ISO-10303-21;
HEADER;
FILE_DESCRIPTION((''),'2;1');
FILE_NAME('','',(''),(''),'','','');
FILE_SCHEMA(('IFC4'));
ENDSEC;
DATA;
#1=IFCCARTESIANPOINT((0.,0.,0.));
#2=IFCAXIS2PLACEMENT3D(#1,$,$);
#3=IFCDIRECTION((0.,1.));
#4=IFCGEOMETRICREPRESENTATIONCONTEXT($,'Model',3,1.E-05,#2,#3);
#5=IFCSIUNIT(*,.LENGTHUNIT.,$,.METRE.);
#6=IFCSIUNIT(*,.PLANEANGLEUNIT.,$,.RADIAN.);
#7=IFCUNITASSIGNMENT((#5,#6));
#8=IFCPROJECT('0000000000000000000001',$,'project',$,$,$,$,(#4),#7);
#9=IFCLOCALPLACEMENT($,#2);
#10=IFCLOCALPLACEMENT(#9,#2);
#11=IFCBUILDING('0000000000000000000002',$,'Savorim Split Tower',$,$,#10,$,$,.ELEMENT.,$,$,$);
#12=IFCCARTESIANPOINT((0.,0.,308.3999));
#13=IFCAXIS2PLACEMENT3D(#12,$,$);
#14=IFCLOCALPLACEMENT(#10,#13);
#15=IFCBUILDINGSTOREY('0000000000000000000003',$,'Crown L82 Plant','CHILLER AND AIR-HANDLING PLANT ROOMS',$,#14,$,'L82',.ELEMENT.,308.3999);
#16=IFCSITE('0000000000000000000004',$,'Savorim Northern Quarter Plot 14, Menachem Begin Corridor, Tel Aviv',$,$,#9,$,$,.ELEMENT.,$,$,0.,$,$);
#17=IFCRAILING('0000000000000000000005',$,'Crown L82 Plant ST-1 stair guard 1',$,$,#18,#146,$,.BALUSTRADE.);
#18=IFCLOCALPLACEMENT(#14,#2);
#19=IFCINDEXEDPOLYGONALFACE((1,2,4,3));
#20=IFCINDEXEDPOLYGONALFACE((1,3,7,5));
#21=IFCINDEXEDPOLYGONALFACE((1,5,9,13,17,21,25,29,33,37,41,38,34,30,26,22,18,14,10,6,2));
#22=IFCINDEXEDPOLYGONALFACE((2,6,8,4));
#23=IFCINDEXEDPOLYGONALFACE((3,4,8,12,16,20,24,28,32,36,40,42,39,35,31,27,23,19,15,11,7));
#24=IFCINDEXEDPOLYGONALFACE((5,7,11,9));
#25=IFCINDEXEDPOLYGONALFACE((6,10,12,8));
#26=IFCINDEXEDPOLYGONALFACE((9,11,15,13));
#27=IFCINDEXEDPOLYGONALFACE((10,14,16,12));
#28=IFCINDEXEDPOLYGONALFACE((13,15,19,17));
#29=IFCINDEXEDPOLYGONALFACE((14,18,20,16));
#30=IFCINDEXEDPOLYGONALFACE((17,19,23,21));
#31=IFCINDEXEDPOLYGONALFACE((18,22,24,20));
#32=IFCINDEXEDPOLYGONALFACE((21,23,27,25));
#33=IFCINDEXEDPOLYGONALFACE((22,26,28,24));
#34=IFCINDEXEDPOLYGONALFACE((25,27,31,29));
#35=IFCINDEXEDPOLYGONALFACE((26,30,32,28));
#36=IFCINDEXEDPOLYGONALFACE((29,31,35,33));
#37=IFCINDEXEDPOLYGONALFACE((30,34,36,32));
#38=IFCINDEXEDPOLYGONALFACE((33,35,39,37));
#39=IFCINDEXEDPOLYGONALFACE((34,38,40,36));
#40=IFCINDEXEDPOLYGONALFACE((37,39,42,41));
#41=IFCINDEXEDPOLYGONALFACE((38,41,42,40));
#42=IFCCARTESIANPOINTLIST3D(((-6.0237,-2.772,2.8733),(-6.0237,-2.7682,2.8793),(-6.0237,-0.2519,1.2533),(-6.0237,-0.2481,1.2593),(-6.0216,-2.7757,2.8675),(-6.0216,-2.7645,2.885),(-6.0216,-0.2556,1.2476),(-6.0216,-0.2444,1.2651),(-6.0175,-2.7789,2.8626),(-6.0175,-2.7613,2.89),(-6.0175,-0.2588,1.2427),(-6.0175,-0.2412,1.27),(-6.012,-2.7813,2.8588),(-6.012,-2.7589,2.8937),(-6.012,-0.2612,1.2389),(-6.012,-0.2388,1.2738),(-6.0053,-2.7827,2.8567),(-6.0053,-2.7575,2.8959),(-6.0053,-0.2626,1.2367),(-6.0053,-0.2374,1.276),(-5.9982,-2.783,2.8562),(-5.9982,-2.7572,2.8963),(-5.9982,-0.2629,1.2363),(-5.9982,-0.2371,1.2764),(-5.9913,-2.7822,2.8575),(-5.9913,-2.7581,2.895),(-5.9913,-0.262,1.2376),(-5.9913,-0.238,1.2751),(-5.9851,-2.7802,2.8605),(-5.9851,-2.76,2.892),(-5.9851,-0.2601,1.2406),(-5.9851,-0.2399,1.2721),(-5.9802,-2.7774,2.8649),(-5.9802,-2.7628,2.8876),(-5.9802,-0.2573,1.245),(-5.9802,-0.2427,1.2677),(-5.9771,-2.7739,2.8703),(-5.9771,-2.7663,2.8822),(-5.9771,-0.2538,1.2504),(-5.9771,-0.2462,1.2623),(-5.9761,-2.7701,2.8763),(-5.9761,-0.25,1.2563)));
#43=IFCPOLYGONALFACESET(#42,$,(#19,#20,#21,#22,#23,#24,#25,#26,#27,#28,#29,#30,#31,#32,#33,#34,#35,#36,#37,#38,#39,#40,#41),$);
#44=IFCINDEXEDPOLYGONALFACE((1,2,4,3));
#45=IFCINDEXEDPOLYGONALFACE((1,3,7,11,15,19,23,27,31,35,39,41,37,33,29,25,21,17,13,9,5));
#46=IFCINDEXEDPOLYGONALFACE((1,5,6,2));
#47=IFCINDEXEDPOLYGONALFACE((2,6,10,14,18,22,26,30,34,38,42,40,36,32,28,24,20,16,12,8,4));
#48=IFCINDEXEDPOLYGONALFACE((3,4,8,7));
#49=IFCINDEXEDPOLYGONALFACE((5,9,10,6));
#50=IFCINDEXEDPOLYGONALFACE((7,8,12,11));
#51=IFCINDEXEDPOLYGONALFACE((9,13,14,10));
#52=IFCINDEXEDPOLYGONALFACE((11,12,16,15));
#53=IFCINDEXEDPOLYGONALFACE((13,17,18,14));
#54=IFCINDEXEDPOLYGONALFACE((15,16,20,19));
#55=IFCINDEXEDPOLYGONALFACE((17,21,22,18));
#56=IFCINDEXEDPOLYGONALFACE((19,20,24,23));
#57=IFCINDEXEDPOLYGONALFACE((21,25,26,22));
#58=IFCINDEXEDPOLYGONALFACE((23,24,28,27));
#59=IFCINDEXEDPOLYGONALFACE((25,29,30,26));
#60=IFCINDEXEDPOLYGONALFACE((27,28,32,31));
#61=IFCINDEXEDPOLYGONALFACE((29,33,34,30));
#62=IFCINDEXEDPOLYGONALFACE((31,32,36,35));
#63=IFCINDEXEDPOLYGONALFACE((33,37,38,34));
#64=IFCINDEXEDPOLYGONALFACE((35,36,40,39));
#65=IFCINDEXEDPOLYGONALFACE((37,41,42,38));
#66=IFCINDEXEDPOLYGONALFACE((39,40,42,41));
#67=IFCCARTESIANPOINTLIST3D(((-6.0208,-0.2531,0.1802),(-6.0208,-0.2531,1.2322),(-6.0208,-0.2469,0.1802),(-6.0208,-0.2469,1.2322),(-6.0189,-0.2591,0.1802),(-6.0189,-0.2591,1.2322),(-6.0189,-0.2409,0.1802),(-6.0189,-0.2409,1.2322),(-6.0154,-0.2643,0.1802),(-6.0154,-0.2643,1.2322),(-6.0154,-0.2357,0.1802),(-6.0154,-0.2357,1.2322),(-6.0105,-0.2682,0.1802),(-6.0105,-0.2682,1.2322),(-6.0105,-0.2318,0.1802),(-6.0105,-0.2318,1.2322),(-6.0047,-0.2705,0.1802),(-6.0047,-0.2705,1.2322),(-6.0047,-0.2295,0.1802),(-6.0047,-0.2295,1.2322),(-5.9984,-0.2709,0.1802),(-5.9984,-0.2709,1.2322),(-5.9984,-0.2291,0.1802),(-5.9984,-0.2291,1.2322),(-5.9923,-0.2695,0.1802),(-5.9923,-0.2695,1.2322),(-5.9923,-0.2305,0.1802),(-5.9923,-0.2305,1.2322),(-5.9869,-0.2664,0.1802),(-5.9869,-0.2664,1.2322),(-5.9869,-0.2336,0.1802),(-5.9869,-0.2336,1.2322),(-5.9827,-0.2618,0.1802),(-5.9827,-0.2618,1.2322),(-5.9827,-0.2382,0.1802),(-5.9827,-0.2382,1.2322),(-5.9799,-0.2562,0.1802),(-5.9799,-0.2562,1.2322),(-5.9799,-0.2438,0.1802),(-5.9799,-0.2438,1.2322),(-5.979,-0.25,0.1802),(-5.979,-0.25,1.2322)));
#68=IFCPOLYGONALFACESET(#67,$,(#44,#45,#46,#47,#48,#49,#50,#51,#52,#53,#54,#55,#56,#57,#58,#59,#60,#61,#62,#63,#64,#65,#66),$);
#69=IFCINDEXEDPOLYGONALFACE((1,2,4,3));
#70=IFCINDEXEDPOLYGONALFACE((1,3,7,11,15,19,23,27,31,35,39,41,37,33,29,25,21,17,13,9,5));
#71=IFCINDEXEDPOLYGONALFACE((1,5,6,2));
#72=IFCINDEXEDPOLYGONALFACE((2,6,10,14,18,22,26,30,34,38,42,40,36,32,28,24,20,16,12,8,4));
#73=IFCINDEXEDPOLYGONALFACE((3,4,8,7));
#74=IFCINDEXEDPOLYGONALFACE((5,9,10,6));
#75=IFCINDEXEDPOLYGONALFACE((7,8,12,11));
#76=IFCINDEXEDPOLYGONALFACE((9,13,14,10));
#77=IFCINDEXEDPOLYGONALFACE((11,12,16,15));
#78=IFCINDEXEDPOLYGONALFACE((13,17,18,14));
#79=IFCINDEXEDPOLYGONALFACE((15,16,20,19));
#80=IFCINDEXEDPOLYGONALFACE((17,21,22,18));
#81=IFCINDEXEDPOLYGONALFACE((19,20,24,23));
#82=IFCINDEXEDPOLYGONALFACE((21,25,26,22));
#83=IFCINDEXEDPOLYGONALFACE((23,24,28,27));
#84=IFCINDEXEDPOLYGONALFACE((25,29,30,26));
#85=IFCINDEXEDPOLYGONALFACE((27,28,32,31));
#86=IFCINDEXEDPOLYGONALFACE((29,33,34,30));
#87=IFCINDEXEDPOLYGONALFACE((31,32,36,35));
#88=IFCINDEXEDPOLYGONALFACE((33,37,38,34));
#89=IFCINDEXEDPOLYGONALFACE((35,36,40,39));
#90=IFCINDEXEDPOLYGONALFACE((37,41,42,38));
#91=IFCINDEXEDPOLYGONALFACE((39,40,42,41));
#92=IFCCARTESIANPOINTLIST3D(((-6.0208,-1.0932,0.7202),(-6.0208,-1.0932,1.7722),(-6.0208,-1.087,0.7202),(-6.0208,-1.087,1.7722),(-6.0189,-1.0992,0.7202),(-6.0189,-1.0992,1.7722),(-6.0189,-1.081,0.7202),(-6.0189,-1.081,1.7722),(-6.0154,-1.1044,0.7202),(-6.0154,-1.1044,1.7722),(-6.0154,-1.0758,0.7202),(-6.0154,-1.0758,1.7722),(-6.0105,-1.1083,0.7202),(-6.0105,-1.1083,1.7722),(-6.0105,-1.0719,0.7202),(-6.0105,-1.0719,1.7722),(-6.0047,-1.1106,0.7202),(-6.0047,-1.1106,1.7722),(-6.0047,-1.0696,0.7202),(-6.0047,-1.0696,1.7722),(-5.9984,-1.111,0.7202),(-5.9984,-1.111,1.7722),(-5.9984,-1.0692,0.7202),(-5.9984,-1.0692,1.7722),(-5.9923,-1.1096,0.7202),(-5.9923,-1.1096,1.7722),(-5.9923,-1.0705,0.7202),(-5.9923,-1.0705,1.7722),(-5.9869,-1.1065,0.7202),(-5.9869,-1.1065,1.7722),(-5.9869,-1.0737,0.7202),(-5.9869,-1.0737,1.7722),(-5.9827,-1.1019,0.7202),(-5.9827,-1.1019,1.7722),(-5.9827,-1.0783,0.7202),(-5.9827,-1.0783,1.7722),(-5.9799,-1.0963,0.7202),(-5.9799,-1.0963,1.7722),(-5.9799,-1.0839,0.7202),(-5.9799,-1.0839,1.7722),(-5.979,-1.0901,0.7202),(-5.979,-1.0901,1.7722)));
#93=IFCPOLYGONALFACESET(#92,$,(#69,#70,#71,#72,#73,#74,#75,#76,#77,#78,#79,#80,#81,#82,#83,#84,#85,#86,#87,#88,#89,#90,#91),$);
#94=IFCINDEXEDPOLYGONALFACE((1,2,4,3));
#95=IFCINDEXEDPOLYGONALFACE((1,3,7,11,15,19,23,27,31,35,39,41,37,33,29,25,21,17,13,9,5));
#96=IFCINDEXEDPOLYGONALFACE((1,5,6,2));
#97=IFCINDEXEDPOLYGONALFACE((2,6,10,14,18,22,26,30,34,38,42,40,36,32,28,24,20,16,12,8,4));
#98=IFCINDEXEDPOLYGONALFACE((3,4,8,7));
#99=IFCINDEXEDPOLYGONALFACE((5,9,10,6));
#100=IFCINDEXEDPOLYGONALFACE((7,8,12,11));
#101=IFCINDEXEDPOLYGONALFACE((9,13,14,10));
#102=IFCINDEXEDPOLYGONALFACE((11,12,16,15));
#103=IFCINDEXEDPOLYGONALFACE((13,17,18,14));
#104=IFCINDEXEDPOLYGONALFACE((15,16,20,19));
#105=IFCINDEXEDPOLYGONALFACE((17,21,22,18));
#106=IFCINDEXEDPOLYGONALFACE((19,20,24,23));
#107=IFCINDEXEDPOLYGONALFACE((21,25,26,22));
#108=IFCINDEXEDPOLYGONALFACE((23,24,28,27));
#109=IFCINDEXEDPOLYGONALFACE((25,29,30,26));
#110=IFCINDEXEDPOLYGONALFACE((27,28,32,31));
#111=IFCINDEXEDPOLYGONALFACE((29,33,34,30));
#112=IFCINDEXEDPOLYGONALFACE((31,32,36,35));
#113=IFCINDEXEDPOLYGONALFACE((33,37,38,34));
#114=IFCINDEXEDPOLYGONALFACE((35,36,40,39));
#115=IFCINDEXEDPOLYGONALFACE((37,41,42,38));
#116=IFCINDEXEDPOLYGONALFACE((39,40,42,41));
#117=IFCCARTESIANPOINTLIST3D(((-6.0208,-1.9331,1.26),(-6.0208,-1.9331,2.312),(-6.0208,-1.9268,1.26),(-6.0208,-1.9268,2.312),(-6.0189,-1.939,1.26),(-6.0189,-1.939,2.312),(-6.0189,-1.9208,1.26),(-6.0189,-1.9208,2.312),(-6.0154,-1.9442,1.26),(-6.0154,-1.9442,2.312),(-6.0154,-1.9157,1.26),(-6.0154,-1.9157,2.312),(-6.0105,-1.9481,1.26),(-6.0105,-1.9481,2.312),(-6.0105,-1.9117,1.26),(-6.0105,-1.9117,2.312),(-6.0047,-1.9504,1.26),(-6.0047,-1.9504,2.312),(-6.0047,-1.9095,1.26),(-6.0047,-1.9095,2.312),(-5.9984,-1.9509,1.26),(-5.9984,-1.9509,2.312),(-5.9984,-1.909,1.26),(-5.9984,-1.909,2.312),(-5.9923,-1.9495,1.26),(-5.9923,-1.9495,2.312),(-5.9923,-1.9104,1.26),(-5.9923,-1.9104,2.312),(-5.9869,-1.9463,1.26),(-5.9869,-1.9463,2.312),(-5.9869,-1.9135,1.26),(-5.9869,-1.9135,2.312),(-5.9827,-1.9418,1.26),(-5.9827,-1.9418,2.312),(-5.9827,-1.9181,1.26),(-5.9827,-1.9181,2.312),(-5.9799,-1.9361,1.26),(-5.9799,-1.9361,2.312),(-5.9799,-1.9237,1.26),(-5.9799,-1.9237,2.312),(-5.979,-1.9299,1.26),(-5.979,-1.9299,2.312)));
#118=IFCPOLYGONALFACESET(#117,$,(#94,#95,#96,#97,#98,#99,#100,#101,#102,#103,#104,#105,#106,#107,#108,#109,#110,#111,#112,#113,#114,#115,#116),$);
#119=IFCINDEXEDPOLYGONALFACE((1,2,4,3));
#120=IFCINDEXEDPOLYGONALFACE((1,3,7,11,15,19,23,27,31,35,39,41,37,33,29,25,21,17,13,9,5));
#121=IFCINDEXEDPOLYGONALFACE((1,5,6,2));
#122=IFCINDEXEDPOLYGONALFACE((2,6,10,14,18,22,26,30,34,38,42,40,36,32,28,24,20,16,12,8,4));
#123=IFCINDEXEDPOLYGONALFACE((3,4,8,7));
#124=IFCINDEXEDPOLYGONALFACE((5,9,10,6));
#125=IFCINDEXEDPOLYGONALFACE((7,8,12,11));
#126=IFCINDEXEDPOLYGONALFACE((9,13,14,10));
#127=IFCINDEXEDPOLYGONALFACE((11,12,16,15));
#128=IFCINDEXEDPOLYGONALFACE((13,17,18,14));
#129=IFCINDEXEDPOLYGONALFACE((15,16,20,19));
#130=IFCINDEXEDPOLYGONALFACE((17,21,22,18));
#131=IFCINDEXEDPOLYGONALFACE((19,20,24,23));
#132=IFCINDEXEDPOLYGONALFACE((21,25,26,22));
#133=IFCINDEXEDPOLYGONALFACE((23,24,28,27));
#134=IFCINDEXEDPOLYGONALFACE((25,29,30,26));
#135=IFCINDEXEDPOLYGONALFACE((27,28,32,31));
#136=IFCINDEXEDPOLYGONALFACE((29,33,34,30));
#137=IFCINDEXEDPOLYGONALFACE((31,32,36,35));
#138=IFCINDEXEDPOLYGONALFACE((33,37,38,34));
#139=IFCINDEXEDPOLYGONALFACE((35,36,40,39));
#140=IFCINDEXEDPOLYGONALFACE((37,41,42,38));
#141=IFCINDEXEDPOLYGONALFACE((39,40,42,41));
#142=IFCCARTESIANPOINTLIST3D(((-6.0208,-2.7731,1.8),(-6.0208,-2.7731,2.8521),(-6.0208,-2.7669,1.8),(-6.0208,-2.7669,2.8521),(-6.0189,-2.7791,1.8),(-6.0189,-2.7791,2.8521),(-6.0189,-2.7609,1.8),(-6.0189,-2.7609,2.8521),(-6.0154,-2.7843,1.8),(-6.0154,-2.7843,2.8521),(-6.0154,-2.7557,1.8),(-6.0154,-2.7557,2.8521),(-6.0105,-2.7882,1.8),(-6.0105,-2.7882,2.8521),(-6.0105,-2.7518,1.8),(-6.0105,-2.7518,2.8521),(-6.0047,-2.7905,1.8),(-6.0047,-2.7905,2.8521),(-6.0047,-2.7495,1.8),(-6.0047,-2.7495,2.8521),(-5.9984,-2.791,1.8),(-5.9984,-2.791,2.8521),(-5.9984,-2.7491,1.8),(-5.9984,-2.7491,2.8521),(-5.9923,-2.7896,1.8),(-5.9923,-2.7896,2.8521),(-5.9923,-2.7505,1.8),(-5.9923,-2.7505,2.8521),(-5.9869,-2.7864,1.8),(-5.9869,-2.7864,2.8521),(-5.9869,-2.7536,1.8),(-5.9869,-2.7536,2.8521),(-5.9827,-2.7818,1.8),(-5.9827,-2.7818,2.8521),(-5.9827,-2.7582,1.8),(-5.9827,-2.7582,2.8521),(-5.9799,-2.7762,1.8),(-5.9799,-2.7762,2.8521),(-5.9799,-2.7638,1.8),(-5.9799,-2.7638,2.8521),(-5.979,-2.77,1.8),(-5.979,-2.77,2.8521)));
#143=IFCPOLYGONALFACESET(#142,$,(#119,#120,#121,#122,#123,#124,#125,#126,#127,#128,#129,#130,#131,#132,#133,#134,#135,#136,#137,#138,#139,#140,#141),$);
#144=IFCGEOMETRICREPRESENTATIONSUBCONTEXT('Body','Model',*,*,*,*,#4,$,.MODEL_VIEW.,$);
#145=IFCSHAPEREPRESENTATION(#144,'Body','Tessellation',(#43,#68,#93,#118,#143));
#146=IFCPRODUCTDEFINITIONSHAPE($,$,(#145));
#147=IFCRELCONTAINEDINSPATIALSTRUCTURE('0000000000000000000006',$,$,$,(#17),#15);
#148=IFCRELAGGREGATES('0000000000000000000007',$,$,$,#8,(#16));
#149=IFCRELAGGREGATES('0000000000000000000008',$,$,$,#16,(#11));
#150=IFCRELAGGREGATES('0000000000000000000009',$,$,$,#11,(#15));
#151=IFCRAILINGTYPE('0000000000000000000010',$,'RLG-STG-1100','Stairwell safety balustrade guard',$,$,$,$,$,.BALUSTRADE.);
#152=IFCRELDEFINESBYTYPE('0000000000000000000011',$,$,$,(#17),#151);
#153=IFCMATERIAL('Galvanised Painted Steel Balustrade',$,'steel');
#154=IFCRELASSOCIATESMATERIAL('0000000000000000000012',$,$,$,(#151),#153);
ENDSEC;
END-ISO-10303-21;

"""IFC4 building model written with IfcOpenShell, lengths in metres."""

from ifc_helpers import new_model, si_unit, direction, frame, origin, origin_2d, place, context, subcontext, project, spatial, circle, extrude, material, type_object, element, save


model = new_model("IFC4")

# Units and contexts
model_context = context("Model", 3, precision=1e-05, world=origin(), true_north=direction((0.0, 1.0)))
body_context = subcontext(model_context, "Body", "Model", "MODEL_VIEW")
ifc_project = project(units=[si_unit("LENGTHUNIT", "METRE"), si_unit("PLANEANGLEUNIT", "RADIAN")], contexts=[model_context])

# Site, building, storey
site_placement = place(None, origin())
site = spatial("IfcSite", under=ifc_project, at=site_placement, Name="Savorim Northern Quarter Plot 14, Menachem Begin Corridor, Tel Aviv", CompositionType="ELEMENT", RefElevation=0.0)
building_placement = place(site_placement, origin())
building = spatial("IfcBuilding", under=site, at=building_placement, Name="Savorim Split Tower", CompositionType="ELEMENT")
storey_placement = place(building_placement, frame((0.0, 0.0, 308.3999)))
storey = spatial("IfcBuildingStorey", under=building, at=storey_placement, Name="Crown L82 Plant", Description="CHILLER AND AIR-HANDLING PLANT ROOMS", LongName="L82", CompositionType="ELEMENT", Elevation=308.3999)

# Railing
ifc_material_1 = material(Name="Galvanised Painted Steel Balustrade", Category="steel")
railing_type_1 = type_object("IfcRailingType", Name="RLG-STG-1100", Description="Stairwell safety balustrade guard", PredefinedType="BALUSTRADE", material=ifc_material_1)
railing_1_placement = place(storey_placement, frame((-6.0, -0.25, 0.1802)))
element("IfcRailing", 1, at=railing_1_placement, inside=storey, type_object=railing_type_1, Name="Crown L82 Plant ST-1 stair guard 1", PredefinedType="BALUSTRADE", context=body_context, shape_type="SweptSolid", body=[
    extrude(circle(Radius=0.0239, at=origin_2d()), frame((0.0, 0.0, 1.0762), z_axis=(0.0, -0.8412, 0.540725), x_axis=(1.0, 0.0, 0.0)), (0.0, 0.0, 1.0), 2.9958),
    extrude(circle(Radius=0.021, at=origin_2d()), origin(), (0.0, 0.0, 1.0), 1.052),
    extrude(circle(Radius=0.021, at=origin_2d()), frame((0.0, -0.8401, 0.54)), (0.0, 0.0, 1.0), 1.052),
    extrude(circle(Radius=0.021, at=origin_2d()), frame((0.0, -1.6799, 1.0798)), (0.0, 0.0, 1.0), 1.052),
    extrude(circle(Radius=0.021, at=origin_2d()), frame((0.0, -2.52, 1.6199)), (0.0, 0.0, 1.0), 1.052),
])

save(model, "model.ifc")
